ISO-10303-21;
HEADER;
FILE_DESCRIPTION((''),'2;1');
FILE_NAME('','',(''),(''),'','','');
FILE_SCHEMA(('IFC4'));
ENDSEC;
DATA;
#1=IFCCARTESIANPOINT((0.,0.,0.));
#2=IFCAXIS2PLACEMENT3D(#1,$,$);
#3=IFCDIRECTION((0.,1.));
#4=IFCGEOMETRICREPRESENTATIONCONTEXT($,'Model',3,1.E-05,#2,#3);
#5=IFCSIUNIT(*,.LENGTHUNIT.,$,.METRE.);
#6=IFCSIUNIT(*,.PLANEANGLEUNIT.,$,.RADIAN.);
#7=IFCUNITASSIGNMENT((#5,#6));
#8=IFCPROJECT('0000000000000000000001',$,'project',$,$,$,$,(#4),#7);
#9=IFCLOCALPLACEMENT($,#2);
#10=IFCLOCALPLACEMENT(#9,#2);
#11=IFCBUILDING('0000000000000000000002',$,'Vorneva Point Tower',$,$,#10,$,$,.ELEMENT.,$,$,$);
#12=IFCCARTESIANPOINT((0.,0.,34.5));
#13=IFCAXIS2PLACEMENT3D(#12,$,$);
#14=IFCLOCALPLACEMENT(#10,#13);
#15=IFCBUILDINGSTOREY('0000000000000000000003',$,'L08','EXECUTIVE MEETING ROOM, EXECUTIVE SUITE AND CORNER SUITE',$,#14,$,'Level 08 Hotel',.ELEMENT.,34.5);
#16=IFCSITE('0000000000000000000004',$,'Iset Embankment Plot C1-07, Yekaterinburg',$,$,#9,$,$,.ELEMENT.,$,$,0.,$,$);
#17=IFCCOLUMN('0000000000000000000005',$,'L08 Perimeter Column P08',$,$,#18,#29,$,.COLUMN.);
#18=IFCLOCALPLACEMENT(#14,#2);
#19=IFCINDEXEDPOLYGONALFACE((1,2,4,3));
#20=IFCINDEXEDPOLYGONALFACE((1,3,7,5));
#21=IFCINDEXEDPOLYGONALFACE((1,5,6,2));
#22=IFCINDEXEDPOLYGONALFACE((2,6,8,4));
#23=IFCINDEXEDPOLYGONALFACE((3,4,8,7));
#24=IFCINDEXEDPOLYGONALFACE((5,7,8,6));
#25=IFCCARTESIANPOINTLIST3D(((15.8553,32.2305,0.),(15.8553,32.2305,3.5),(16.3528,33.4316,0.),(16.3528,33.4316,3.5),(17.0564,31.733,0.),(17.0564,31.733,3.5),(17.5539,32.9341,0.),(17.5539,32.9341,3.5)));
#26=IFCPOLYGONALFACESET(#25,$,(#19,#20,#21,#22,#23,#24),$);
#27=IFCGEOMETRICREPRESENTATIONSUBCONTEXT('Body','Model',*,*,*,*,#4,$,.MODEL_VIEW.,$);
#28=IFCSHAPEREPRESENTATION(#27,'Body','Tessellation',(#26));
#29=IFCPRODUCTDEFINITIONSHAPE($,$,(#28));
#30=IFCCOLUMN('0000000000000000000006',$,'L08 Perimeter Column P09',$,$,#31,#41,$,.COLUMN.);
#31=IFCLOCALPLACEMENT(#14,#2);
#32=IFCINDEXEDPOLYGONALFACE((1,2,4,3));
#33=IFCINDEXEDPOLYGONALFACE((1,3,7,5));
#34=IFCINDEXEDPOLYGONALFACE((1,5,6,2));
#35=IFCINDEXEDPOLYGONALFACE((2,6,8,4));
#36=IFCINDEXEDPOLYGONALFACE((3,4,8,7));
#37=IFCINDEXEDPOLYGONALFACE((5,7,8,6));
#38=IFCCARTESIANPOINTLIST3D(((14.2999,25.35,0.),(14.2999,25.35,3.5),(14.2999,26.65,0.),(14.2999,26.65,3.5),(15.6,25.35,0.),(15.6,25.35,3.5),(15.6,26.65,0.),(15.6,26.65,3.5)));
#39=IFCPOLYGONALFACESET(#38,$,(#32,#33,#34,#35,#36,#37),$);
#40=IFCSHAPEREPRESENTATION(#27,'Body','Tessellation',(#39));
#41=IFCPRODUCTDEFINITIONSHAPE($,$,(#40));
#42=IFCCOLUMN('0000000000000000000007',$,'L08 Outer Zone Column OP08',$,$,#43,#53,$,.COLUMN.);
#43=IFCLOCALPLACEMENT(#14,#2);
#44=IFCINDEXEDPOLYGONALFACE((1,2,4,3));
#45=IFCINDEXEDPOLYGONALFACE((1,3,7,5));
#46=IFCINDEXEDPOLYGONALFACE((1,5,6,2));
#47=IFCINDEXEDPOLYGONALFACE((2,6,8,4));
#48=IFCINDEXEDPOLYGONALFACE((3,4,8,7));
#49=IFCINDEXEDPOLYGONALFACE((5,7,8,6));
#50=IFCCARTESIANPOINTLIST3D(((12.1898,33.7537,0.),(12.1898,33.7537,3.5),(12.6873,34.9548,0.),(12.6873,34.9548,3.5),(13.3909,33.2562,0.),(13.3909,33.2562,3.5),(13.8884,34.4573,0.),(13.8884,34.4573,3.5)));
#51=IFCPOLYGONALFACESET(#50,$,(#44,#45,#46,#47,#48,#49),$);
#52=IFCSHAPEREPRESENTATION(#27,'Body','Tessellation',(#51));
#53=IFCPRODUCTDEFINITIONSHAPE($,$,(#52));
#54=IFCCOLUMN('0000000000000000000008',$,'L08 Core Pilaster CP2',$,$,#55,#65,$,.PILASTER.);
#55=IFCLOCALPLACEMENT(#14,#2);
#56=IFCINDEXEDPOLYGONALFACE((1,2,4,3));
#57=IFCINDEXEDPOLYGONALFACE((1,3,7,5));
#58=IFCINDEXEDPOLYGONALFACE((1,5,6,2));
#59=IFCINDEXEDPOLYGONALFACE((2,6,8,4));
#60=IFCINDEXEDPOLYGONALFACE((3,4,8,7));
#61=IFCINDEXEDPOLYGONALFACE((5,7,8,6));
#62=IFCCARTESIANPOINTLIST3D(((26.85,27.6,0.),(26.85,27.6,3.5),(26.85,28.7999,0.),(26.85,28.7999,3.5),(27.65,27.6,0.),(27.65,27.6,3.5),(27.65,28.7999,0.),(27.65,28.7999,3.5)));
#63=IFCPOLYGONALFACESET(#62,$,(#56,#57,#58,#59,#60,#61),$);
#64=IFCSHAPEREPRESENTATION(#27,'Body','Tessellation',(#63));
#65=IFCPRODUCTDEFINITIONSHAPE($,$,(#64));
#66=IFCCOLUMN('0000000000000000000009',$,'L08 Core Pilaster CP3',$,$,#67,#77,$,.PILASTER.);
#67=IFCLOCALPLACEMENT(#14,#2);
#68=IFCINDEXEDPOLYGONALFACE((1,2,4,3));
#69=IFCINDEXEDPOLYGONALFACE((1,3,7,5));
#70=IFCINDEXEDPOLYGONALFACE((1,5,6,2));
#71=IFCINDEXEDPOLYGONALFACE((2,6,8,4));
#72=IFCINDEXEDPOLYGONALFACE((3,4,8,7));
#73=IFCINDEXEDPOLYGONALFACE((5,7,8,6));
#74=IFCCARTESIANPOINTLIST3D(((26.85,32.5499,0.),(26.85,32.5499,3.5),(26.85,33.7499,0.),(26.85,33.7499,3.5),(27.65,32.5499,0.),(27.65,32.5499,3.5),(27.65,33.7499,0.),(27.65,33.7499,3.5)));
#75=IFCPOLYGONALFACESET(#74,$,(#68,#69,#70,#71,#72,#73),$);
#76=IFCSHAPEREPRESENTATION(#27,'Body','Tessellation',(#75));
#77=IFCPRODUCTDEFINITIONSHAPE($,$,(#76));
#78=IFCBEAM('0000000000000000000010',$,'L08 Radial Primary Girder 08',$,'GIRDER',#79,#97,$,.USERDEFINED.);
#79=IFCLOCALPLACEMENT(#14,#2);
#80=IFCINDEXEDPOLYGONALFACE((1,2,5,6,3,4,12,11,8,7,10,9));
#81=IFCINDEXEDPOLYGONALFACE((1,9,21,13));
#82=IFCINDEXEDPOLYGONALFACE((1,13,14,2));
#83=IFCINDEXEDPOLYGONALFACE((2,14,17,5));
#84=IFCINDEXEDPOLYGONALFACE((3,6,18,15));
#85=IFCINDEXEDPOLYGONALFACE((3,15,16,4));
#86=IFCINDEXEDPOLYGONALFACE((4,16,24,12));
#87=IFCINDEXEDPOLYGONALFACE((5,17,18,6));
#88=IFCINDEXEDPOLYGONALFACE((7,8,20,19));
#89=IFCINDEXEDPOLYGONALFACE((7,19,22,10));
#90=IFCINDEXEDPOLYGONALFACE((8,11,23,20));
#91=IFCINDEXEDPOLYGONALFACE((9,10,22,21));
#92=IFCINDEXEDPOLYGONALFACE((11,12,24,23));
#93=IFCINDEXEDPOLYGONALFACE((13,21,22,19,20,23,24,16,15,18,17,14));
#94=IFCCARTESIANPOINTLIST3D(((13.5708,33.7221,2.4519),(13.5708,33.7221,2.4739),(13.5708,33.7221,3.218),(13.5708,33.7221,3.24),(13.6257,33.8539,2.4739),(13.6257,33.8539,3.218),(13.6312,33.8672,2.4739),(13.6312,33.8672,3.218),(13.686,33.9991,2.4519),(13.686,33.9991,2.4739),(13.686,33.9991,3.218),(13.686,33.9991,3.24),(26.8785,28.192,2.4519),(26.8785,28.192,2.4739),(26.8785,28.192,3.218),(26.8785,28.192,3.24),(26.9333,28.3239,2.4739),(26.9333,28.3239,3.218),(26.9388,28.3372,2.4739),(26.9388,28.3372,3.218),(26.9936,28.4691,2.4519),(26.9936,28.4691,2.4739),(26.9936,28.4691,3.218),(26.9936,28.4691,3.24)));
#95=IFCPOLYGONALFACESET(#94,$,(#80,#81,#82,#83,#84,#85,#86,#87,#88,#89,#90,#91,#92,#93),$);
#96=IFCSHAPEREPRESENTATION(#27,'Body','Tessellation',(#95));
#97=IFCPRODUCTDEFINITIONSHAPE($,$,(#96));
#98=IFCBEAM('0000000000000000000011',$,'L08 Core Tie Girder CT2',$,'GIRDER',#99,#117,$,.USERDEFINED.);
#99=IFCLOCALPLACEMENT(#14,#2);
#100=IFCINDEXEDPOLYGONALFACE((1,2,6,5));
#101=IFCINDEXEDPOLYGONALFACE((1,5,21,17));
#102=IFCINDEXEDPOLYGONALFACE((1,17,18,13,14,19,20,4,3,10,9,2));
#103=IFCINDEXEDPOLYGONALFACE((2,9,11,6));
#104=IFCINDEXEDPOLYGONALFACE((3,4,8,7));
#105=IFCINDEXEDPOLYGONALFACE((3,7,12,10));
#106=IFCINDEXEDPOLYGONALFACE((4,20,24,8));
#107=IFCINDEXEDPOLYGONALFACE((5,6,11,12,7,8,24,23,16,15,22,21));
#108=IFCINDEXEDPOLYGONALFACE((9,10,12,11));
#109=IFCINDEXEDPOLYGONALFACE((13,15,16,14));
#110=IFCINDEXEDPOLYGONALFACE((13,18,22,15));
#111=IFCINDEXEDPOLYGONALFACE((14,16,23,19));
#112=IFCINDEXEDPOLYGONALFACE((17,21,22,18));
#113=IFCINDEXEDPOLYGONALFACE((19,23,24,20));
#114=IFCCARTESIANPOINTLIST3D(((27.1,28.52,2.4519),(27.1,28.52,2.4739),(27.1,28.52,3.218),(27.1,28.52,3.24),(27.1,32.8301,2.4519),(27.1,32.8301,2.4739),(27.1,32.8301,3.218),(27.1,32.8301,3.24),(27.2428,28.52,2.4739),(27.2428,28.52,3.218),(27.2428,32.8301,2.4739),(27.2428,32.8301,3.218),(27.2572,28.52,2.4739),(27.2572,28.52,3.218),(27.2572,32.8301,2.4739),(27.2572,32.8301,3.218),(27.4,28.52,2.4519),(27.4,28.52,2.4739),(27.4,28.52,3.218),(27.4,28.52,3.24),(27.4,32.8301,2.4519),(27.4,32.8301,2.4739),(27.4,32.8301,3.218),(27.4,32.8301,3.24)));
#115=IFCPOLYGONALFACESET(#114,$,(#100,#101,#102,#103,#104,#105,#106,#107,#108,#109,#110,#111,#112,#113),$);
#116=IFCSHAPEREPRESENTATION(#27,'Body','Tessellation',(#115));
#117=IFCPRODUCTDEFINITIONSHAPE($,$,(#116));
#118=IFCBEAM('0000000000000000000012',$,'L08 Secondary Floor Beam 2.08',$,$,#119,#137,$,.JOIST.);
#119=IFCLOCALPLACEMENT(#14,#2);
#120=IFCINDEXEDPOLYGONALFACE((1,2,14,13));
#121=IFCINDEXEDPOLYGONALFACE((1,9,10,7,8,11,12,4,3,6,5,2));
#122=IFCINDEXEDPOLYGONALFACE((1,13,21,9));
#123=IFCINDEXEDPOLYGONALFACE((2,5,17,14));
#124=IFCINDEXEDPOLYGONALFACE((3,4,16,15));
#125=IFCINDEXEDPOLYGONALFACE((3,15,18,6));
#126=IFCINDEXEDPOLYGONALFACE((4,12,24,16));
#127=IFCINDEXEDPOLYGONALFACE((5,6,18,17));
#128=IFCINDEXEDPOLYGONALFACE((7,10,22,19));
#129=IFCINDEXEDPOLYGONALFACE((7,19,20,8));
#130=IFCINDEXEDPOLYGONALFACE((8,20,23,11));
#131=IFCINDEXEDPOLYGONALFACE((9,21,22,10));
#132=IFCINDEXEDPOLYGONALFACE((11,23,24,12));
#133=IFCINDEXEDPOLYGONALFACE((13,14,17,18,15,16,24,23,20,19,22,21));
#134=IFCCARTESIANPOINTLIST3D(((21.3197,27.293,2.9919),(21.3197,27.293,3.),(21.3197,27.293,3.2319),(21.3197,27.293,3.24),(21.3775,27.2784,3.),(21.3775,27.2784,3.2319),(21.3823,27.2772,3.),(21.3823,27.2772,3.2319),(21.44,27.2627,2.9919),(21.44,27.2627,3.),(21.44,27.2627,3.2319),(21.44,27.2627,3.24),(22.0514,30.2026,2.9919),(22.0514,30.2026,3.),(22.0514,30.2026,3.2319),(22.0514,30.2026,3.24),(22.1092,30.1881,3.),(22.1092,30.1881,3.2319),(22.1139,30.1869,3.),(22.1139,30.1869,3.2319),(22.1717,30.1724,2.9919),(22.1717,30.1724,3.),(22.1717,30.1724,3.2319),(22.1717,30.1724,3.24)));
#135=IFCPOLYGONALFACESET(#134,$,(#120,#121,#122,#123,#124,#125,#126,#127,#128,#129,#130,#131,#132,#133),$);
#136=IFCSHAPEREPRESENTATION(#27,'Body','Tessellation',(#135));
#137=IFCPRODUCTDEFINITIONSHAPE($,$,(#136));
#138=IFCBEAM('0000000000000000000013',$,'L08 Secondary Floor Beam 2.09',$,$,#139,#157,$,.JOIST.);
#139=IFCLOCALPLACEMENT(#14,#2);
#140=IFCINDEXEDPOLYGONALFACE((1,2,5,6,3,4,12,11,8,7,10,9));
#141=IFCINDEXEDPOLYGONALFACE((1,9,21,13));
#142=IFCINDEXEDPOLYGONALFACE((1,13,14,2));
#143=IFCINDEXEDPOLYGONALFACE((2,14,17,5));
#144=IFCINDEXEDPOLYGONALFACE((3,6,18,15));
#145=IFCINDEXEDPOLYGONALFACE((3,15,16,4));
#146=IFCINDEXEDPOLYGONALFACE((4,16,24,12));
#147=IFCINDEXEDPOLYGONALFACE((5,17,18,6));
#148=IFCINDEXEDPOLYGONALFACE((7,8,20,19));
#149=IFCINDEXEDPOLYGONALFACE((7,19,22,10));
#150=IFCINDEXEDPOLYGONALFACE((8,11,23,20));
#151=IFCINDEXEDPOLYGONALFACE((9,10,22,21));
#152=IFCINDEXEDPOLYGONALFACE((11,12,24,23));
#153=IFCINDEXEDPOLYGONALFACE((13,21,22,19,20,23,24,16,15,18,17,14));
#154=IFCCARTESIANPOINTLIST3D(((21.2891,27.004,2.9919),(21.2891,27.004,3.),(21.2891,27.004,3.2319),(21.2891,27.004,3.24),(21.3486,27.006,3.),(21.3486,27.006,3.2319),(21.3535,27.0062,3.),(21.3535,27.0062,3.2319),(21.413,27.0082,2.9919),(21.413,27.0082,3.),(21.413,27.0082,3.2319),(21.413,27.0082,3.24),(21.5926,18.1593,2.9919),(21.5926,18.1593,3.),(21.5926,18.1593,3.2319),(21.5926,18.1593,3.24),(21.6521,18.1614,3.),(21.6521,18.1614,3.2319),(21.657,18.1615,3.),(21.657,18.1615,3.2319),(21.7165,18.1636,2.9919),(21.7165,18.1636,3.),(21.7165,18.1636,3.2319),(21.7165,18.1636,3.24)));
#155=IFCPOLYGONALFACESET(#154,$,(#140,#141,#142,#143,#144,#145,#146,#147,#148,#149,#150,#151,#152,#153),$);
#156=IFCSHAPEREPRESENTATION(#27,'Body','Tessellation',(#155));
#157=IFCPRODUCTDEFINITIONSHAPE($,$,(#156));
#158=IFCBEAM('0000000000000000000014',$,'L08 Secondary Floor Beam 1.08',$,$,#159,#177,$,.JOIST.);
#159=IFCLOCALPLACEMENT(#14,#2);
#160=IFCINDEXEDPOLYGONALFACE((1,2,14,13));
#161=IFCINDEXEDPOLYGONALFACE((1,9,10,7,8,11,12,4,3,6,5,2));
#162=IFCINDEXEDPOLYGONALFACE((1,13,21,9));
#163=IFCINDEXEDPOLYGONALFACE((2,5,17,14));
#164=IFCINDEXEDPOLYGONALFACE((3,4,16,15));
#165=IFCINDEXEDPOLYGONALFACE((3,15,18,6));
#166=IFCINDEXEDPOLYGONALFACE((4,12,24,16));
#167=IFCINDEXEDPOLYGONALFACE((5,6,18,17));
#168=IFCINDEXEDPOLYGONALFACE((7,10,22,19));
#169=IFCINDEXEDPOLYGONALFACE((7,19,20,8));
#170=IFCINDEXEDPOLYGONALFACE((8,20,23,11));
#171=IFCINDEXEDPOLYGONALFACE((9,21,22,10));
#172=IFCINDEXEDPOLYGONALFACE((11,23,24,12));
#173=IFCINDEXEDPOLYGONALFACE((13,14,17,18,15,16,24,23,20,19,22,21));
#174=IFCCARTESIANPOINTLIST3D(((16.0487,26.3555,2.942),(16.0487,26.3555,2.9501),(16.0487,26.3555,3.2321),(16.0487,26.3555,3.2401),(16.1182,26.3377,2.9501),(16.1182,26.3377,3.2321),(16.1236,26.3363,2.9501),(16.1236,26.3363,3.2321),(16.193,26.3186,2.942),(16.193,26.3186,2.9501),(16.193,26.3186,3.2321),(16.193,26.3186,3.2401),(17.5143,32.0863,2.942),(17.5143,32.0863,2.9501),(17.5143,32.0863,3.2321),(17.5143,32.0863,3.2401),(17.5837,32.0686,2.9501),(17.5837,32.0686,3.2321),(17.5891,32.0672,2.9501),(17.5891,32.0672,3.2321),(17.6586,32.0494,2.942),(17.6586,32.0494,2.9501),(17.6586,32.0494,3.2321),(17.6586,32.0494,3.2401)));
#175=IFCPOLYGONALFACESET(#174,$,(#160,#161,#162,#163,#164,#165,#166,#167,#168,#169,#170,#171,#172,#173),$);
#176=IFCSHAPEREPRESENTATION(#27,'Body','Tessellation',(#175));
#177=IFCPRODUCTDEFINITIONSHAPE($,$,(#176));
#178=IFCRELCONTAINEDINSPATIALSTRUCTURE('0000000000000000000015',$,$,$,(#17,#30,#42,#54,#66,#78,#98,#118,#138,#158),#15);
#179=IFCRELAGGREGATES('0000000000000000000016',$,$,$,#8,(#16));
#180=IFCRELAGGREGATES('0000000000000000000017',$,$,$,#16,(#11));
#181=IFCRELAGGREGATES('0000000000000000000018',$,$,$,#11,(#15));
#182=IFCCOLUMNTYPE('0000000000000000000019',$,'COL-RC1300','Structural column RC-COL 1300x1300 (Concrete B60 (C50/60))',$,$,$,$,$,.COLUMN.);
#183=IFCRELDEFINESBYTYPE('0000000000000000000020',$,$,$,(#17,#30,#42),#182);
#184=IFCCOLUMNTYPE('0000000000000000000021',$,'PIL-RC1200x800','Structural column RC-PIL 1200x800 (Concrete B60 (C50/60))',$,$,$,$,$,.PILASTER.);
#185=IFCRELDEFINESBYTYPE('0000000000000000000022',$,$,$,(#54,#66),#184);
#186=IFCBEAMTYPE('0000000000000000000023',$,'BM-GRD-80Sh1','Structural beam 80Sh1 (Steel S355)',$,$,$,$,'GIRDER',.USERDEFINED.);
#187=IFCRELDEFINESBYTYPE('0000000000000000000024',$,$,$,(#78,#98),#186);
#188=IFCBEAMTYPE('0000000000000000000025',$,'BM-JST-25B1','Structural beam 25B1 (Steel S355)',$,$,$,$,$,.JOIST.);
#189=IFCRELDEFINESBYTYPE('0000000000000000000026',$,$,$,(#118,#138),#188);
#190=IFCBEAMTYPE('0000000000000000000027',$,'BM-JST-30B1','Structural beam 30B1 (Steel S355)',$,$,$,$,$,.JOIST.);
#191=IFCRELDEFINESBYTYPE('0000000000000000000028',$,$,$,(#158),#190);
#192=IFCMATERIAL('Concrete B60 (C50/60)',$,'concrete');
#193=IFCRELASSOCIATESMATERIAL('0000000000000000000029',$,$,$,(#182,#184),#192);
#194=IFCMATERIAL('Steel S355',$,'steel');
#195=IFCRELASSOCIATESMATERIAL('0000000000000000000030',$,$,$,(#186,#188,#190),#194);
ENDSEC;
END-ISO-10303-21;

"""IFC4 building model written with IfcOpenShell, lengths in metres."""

from ifc_helpers import new_model, si_unit, direction, frame, origin, origin_2d, place, context, subcontext, project, spatial, rectangle, i_section, extrude, material, material_profile, profile_set, type_object, element, save


model = new_model("IFC4")

# Units and contexts
model_context = context("Model", 3, precision=1e-05, world=origin(), true_north=direction((0.0, 1.0)))
body_context = subcontext(model_context, "Body", "Model", "MODEL_VIEW")
ifc_project = project(units=[si_unit("LENGTHUNIT", "METRE"), si_unit("PLANEANGLEUNIT", "RADIAN")], contexts=[model_context])

# Site, building, storey
site_placement = place(None, origin())
site = spatial("IfcSite", under=ifc_project, at=site_placement, Name="Iset Embankment Plot C1-07, Yekaterinburg", CompositionType="ELEMENT", RefElevation=0.0)
building_placement = place(site_placement, origin())
building = spatial("IfcBuilding", under=site, at=building_placement, Name="Vorneva Point Tower", CompositionType="ELEMENT")
storey_placement = place(building_placement, frame((0.0, 0.0, 34.5)))
storey = spatial("IfcBuildingStorey", under=building, at=storey_placement, Name="L08", Description="EXECUTIVE MEETING ROOM, EXECUTIVE SUITE AND CORNER SUITE", LongName="Level 08 Hotel", CompositionType="ELEMENT", Elevation=34.5)

# Columns
ifc_material_1 = material(Name="Concrete B60 (C50/60)", Category="concrete")
ifc_material_profile_1 = material_profile(ifc_material_1, rectangle(XDim=1.3, YDim=1.3, at=origin_2d()), Name="RC-COL 1300x1300")
ifc_profile_set_1 = profile_set([ifc_material_profile_1], Name="Concrete B60 (C50/60)")
column_type_1 = type_object("IfcColumnType", Name="COL-RC1300", Description="Structural column RC-COL 1300x1300 (Concrete B60 (C50/60))", PredefinedType="COLUMN", material=ifc_profile_set_1)
for number, where, z_axis, x_axis, name in (
    (1, (16.7046, 32.5823, 0.0), (0.0, 0.0, 1.0), (-0.92388, 0.382683, 0.0), "L08 Perimeter Column P08"),
    (2, (14.95, 26.0, 0.0), (0.0, 0.0, 1.0), (-1.0, 0.0, 0.0), "L08 Perimeter Column P09"),
    (3, (13.0391, 34.1055, 0.0), (0.0, 0.0, 1.0), (-0.92388, 0.382683, 0.0), "L08 Outer Zone Column OP08"),
):
    element("IfcColumn", number, at=place(storey_placement, frame(where, z_axis=z_axis, x_axis=x_axis)), inside=storey, type_object=column_type_1, Name=name, PredefinedType="COLUMN", context=body_context, shape_type="SweptSolid", body=[
        extrude(rectangle(XDim=1.3, YDim=1.3, at=origin_2d()), origin(), (0.0, 0.0, 1.0), 3.5),
    ])
ifc_material_profile_2 = material_profile(ifc_material_1, rectangle(XDim=0.8, YDim=1.2, at=origin_2d()), Name="RC-PIL 1200x800")
ifc_profile_set_2 = profile_set([ifc_material_profile_2], Name="Concrete B60 (C50/60)")
column_type_2 = type_object("IfcColumnType", Name="PIL-RC1200x800", Description="Structural column RC-PIL 1200x800 (Concrete B60 (C50/60))", PredefinedType="PILASTER", material=ifc_profile_set_2)
for number, where, z_axis, x_axis, name in (
    (4, (27.25, 28.2, 0.0), (0.0, 0.0, 1.0), (1.0, 0.0, 0.0), "L08 Core Pilaster CP2"),
    (5, (27.25, 33.1499, 0.0), (0.0, 0.0, 1.0), (1.0, 0.0, 0.0), "L08 Core Pilaster CP3"),
):
    element("IfcColumn", number, at=place(storey_placement, frame(where, z_axis=z_axis, x_axis=x_axis)), inside=storey, type_object=column_type_2, Name=name, PredefinedType="PILASTER", context=body_context, shape_type="SweptSolid", body=[
        extrude(rectangle(XDim=0.8, YDim=1.2, at=origin_2d()), origin(), (0.0, 0.0, 1.0), 3.5),
    ])

# Beams
ifc_material_2 = material(Name="Steel S355", Category="steel")
ifc_material_profile_3 = material_profile(ifc_material_2, i_section(OverallWidth=0.3, OverallDepth=0.7881, WebThickness=0.0144, FlangeThickness=0.022, at=origin_2d()), Name="80Sh1")
ifc_profile_set_3 = profile_set([ifc_material_profile_3], Name="Steel S355")
beam_type_1 = type_object("IfcBeamType", Name="BM-GRD-80Sh1", Description="Structural beam 80Sh1 (Steel S355)", ElementType="GIRDER", PredefinedType="USERDEFINED", material=ifc_profile_set_3)
beam_1_placement = place(storey_placement, frame((13.6284, 33.8606, 2.8459), z_axis=(0.923441, -0.383739, 0.0), x_axis=(0.383739, 0.923441, 0.0)))
element("IfcBeam", 6, at=beam_1_placement, inside=storey, type_object=beam_type_1, Name="L08 Radial Primary Girder 08", ObjectType="GIRDER", PredefinedType="USERDEFINED", context=body_context, shape_type="SweptSolid", body=[
    extrude(i_section(OverallWidth=0.3, OverallDepth=0.7881, WebThickness=0.0144, FlangeThickness=0.022, at=origin_2d()), origin(), (0.0, 0.0, 1.0), 14.4109),
])
beam_2_placement = place(storey_placement, frame((27.25, 28.52, 2.8459), z_axis=(0.0, 1.0, 0.0), x_axis=(-1.0, 0.0, 0.0)))
element("IfcBeam", 7, at=beam_2_placement, inside=storey, type_object=beam_type_1, Name="L08 Core Tie Girder CT2", ObjectType="GIRDER", PredefinedType="USERDEFINED", context=body_context, shape_type="SweptSolid", body=[
    extrude(i_section(OverallWidth=0.3, OverallDepth=0.7881, WebThickness=0.0144, FlangeThickness=0.022, at=origin_2d()), origin(), (0.0, 0.0, 1.0), 4.3101),
])
ifc_material_profile_4 = material_profile(ifc_material_2, i_section(OverallWidth=0.124, OverallDepth=0.248, WebThickness=0.0049, FlangeThickness=0.0081, at=origin_2d()), Name="25B1")
ifc_profile_set_4 = profile_set([ifc_material_profile_4], Name="Steel S355")
beam_type_2 = type_object("IfcBeamType", Name="BM-JST-25B1", Description="Structural beam 25B1 (Steel S355)", PredefinedType="JOIST", material=ifc_profile_set_4)
beam_3_placement = place(storey_placement, frame((22.1116, 30.1875, 3.116), z_axis=(-0.243876, -0.969807, 0.0), x_axis=(0.969807, -0.243876, 0.0)))
element("IfcBeam", 8, at=beam_3_placement, inside=storey, type_object=beam_type_2, Name="L08 Secondary Floor Beam 2.08", PredefinedType="JOIST", context=body_context, shape_type="SweptSolid", body=[
    extrude(i_section(OverallWidth=0.124, OverallDepth=0.248, WebThickness=0.0049, FlangeThickness=0.0081, at=origin_2d()), origin(), (0.0, 0.0, 1.0), 3.0002),
])
beam_4_placement = place(storey_placement, frame((21.3511, 27.0061, 3.116), z_axis=(0.03429, -0.999412, 0.0), x_axis=(0.999412, 0.03429, 0.0)))
element("IfcBeam", 9, at=beam_4_placement, inside=storey, type_object=beam_type_2, Name="L08 Secondary Floor Beam 2.09", PredefinedType="JOIST", context=body_context, shape_type="SweptSolid", body=[
    extrude(i_section(OverallWidth=0.124, OverallDepth=0.248, WebThickness=0.0049, FlangeThickness=0.0081, at=origin_2d()), origin(), (0.0, 0.0, 1.0), 8.8499),
])
ifc_material_profile_5 = material_profile(ifc_material_2, i_section(OverallWidth=0.1489, OverallDepth=0.2981, WebThickness=0.0056, FlangeThickness=0.0081, at=origin_2d()), Name="30B1")
ifc_profile_set_5 = profile_set([ifc_material_profile_5], Name="Steel S355")
beam_type_3 = type_object("IfcBeamType", Name="BM-JST-30B1", Description="Structural beam 30B1 (Steel S355)", PredefinedType="JOIST", material=ifc_profile_set_5)
beam_5_placement = place(storey_placement, frame((17.5864, 32.0679, 3.0911), z_axis=(-0.247757, -0.968822, 0.0), x_axis=(0.968822, -0.247757, 0.0)))
element("IfcBeam", 10, at=beam_5_placement, inside=storey, type_object=beam_type_3, Name="L08 Secondary Floor Beam 1.08", PredefinedType="JOIST", context=body_context, shape_type="SweptSolid", body=[
    extrude(i_section(OverallWidth=0.1489, OverallDepth=0.2981, WebThickness=0.0056, FlangeThickness=0.0081, at=origin_2d()), origin(), (0.0, 0.0, 1.0), 5.9153),
])

save(model, "model.ifc")
